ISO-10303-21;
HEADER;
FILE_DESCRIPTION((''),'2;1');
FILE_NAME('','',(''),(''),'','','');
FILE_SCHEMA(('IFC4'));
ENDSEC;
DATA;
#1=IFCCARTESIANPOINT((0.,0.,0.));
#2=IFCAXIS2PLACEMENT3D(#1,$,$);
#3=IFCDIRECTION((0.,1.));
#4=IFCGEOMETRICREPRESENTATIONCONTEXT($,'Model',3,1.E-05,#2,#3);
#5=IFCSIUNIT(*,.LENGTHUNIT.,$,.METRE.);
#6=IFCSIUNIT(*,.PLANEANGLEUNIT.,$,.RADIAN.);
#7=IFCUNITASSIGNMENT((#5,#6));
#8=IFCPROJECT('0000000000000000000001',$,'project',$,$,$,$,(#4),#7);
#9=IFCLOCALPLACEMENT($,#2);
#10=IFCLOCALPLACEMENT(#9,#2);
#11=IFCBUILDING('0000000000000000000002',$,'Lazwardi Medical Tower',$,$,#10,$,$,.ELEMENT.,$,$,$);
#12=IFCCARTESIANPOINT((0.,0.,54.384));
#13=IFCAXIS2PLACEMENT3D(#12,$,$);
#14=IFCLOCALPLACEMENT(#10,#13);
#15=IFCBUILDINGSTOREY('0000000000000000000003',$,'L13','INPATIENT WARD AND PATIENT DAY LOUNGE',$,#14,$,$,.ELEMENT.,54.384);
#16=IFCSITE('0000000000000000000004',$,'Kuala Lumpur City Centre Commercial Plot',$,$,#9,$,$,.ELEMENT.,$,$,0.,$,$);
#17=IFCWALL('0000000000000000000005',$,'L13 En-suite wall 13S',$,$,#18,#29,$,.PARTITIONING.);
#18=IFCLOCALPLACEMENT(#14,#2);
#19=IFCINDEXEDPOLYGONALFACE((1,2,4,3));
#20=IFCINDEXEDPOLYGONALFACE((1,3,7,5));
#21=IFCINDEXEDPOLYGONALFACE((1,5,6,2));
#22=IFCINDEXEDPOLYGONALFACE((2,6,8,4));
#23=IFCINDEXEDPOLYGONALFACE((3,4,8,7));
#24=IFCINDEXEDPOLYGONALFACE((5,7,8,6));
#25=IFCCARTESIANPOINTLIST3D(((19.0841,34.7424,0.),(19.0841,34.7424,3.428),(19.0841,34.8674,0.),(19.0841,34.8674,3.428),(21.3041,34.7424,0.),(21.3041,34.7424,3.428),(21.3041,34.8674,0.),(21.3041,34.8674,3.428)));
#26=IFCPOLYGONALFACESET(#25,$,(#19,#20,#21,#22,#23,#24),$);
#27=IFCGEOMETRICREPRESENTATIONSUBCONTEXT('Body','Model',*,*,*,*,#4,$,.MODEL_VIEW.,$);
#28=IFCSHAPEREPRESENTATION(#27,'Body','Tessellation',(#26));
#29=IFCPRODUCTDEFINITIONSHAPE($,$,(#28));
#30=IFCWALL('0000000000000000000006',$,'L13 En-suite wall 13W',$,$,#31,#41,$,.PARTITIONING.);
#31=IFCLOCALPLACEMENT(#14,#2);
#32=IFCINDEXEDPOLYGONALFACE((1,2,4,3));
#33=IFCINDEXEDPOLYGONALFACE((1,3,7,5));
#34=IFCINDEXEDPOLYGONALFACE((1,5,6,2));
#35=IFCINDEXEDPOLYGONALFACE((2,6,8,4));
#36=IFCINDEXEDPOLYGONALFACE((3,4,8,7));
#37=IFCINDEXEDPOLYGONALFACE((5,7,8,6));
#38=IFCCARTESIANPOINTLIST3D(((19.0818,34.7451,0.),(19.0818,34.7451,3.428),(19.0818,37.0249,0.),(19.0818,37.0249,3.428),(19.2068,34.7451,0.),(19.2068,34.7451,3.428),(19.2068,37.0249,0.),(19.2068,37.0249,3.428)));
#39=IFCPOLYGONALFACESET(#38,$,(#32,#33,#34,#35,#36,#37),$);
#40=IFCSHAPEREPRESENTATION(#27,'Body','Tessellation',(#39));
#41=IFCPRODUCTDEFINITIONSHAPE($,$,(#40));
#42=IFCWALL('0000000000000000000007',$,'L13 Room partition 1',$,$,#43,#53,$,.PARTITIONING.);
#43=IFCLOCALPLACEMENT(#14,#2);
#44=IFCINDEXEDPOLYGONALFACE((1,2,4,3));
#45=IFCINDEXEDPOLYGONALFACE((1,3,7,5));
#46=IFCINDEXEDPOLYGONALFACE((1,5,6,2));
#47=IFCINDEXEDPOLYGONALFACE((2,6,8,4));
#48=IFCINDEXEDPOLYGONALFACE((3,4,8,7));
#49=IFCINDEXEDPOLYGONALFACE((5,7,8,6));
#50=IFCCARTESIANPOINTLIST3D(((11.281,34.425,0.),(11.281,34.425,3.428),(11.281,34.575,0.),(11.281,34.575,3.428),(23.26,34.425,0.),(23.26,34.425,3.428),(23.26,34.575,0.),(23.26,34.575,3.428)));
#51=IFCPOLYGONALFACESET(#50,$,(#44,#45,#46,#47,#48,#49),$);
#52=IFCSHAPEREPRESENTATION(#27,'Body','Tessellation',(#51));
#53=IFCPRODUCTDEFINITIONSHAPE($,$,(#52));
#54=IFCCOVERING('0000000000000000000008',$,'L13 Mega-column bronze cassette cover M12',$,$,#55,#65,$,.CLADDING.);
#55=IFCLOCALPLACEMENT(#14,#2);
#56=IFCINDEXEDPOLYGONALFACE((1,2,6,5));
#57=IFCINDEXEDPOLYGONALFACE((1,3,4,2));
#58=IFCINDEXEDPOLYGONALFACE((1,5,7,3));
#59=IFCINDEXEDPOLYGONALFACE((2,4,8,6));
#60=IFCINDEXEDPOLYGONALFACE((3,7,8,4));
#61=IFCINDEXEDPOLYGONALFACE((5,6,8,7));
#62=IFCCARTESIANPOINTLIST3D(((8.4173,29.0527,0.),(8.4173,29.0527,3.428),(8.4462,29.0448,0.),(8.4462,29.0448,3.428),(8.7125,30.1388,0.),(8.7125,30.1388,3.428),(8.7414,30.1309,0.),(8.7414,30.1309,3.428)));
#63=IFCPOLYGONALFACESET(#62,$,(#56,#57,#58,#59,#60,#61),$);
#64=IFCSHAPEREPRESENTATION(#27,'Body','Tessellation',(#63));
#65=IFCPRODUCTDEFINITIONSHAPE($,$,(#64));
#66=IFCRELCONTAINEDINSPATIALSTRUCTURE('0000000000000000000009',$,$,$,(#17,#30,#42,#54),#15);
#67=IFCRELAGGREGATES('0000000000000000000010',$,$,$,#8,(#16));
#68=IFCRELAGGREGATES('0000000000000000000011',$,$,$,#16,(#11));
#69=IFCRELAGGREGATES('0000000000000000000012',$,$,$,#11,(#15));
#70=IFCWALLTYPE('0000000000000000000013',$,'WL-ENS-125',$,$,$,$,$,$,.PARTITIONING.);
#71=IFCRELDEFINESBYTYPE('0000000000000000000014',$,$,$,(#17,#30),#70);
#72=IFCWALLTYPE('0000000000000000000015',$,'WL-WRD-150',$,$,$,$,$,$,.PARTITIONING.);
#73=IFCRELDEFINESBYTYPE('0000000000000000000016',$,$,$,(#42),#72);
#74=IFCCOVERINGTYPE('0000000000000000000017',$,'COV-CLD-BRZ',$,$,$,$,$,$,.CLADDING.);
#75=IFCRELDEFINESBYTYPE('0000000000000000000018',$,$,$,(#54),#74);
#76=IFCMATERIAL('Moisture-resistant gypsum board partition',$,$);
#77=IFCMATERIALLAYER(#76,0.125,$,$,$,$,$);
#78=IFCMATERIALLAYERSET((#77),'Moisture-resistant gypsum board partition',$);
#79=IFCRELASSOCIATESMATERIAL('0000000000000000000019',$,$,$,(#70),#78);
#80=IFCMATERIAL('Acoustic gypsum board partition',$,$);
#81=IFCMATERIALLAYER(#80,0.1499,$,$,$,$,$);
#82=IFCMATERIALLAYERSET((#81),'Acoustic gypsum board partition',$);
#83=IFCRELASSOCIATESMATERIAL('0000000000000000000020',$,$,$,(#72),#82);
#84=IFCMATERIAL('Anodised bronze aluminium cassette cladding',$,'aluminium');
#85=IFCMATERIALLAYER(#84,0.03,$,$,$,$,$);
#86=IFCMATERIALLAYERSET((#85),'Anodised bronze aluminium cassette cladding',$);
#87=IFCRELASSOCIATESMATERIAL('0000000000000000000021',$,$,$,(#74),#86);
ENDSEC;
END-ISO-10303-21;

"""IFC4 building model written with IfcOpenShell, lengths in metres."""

from ifc_helpers import new_model, si_unit, direction, frame, frame_2d, origin, origin_2d, place, context, subcontext, project, spatial, rectangle, extrude, material, layer, layer_set, type_object, element, save


model = new_model("IFC4")

# Units and contexts
model_context = context("Model", 3, precision=1e-05, world=origin(), true_north=direction((0.0, 1.0)))
body_context = subcontext(model_context, "Body", "Model", "MODEL_VIEW")
ifc_project = project(units=[si_unit("LENGTHUNIT", "METRE"), si_unit("PLANEANGLEUNIT", "RADIAN")], contexts=[model_context])

# Site, building, storey
site_placement = place(None, origin())
site = spatial("IfcSite", under=ifc_project, at=site_placement, Name="Kuala Lumpur City Centre Commercial Plot", CompositionType="ELEMENT", RefElevation=0.0)
building_placement = place(site_placement, origin())
building = spatial("IfcBuilding", under=site, at=building_placement, Name="Lazwardi Medical Tower", CompositionType="ELEMENT")
storey_placement = place(building_placement, frame((0.0, 0.0, 54.384)))
storey = spatial("IfcBuildingStorey", under=building, at=storey_placement, Name="L13", Description="INPATIENT WARD AND PATIENT DAY LOUNGE", CompositionType="ELEMENT", Elevation=54.384)

# Shared definitions
ifc_material_1 = material(Name="Moisture-resistant gypsum board partition")
ifc_layer_1 = layer(ifc_material_1, 0.125)
ifc_layer_set_1 = layer_set([ifc_layer_1], Name="Moisture-resistant gypsum board partition")
wall_type_1 = type_object("IfcWallType", Name="WL-ENS-125", PredefinedType="PARTITIONING", material=ifc_layer_set_1)

# Walls
wall_1_placement = place(storey_placement, frame((19.0842, 34.8049, 0.0), z_axis=(0.0, 0.0, 1.0), x_axis=(1.0, 0.0, 0.0)))
element("IfcWall", 1, at=wall_1_placement, inside=storey, type_object=wall_type_1, Name="L13 En-suite wall 13S", PredefinedType="PARTITIONING", context=body_context, shape_type="SweptSolid", body=[
    extrude(rectangle(XDim=2.22, YDim=0.125, at=frame_2d((1.1099, 0.0))), origin(), (0.0, 0.0, 1.0), 3.428),
])
wall_2_placement = place(storey_placement, frame((19.1443, 34.7451, 0.0), z_axis=(0.0, 0.0, 1.0), x_axis=(0.0, 1.0, 0.0)))
element("IfcWall", 2, at=wall_2_placement, inside=storey, type_object=wall_type_1, Name="L13 En-suite wall 13W", PredefinedType="PARTITIONING", context=body_context, shape_type="SweptSolid", body=[
    extrude(rectangle(XDim=2.2798, YDim=0.125, at=frame_2d((1.1399, 0.0))), origin(), (0.0, 0.0, 1.0), 3.428),
])
ifc_material_2 = material(Name="Acoustic gypsum board partition")
ifc_layer_2 = layer(ifc_material_2, 0.1499)
ifc_layer_set_2 = layer_set([ifc_layer_2], Name="Acoustic gypsum board partition")
wall_type_2 = type_object("IfcWallType", Name="WL-WRD-150", PredefinedType="PARTITIONING", material=ifc_layer_set_2)
wall_3_placement = place(storey_placement, frame((11.281, 34.5, 0.0), z_axis=(0.0, 0.0, 1.0), x_axis=(1.0, 0.0, 0.0)))
element("IfcWall", 3, at=wall_3_placement, inside=storey, type_object=wall_type_2, Name="L13 Room partition 1", PredefinedType="PARTITIONING", context=body_context, shape_type="SweptSolid", body=[
    extrude(rectangle(XDim=11.979, YDim=0.1499, at=frame_2d((5.9895, 0.0))), origin(), (0.0, 0.0, 1.0), 3.428),
])

# Covering
ifc_material_3 = material(Name="Anodised bronze aluminium cassette cladding", Category="aluminium")
ifc_layer_3 = layer(ifc_material_3, 0.03)
ifc_layer_set_3 = layer_set([ifc_layer_3], Name="Anodised bronze aluminium cassette cladding")
covering_type = type_object("IfcCoveringType", Name="COV-CLD-BRZ", PredefinedType="CLADDING", material=ifc_layer_set_3)
covering_placement = place(storey_placement, frame((8.5793, 29.5918, 0.0), z_axis=(0.0, 0.0, 1.0), x_axis=(-0.262283, -0.964991, 0.0)))
element("IfcCovering", 4, at=covering_placement, inside=storey, type_object=covering_type, Name="L13 Mega-column bronze cassette cover M12", PredefinedType="CLADDING", context=body_context, shape_type="SweptSolid", body=[
    extrude(rectangle(XDim=1.1255, YDim=0.03, at=origin_2d()), origin(), (0.0, 0.0, 1.0), 3.428),
])

save(model, "model.ifc")
